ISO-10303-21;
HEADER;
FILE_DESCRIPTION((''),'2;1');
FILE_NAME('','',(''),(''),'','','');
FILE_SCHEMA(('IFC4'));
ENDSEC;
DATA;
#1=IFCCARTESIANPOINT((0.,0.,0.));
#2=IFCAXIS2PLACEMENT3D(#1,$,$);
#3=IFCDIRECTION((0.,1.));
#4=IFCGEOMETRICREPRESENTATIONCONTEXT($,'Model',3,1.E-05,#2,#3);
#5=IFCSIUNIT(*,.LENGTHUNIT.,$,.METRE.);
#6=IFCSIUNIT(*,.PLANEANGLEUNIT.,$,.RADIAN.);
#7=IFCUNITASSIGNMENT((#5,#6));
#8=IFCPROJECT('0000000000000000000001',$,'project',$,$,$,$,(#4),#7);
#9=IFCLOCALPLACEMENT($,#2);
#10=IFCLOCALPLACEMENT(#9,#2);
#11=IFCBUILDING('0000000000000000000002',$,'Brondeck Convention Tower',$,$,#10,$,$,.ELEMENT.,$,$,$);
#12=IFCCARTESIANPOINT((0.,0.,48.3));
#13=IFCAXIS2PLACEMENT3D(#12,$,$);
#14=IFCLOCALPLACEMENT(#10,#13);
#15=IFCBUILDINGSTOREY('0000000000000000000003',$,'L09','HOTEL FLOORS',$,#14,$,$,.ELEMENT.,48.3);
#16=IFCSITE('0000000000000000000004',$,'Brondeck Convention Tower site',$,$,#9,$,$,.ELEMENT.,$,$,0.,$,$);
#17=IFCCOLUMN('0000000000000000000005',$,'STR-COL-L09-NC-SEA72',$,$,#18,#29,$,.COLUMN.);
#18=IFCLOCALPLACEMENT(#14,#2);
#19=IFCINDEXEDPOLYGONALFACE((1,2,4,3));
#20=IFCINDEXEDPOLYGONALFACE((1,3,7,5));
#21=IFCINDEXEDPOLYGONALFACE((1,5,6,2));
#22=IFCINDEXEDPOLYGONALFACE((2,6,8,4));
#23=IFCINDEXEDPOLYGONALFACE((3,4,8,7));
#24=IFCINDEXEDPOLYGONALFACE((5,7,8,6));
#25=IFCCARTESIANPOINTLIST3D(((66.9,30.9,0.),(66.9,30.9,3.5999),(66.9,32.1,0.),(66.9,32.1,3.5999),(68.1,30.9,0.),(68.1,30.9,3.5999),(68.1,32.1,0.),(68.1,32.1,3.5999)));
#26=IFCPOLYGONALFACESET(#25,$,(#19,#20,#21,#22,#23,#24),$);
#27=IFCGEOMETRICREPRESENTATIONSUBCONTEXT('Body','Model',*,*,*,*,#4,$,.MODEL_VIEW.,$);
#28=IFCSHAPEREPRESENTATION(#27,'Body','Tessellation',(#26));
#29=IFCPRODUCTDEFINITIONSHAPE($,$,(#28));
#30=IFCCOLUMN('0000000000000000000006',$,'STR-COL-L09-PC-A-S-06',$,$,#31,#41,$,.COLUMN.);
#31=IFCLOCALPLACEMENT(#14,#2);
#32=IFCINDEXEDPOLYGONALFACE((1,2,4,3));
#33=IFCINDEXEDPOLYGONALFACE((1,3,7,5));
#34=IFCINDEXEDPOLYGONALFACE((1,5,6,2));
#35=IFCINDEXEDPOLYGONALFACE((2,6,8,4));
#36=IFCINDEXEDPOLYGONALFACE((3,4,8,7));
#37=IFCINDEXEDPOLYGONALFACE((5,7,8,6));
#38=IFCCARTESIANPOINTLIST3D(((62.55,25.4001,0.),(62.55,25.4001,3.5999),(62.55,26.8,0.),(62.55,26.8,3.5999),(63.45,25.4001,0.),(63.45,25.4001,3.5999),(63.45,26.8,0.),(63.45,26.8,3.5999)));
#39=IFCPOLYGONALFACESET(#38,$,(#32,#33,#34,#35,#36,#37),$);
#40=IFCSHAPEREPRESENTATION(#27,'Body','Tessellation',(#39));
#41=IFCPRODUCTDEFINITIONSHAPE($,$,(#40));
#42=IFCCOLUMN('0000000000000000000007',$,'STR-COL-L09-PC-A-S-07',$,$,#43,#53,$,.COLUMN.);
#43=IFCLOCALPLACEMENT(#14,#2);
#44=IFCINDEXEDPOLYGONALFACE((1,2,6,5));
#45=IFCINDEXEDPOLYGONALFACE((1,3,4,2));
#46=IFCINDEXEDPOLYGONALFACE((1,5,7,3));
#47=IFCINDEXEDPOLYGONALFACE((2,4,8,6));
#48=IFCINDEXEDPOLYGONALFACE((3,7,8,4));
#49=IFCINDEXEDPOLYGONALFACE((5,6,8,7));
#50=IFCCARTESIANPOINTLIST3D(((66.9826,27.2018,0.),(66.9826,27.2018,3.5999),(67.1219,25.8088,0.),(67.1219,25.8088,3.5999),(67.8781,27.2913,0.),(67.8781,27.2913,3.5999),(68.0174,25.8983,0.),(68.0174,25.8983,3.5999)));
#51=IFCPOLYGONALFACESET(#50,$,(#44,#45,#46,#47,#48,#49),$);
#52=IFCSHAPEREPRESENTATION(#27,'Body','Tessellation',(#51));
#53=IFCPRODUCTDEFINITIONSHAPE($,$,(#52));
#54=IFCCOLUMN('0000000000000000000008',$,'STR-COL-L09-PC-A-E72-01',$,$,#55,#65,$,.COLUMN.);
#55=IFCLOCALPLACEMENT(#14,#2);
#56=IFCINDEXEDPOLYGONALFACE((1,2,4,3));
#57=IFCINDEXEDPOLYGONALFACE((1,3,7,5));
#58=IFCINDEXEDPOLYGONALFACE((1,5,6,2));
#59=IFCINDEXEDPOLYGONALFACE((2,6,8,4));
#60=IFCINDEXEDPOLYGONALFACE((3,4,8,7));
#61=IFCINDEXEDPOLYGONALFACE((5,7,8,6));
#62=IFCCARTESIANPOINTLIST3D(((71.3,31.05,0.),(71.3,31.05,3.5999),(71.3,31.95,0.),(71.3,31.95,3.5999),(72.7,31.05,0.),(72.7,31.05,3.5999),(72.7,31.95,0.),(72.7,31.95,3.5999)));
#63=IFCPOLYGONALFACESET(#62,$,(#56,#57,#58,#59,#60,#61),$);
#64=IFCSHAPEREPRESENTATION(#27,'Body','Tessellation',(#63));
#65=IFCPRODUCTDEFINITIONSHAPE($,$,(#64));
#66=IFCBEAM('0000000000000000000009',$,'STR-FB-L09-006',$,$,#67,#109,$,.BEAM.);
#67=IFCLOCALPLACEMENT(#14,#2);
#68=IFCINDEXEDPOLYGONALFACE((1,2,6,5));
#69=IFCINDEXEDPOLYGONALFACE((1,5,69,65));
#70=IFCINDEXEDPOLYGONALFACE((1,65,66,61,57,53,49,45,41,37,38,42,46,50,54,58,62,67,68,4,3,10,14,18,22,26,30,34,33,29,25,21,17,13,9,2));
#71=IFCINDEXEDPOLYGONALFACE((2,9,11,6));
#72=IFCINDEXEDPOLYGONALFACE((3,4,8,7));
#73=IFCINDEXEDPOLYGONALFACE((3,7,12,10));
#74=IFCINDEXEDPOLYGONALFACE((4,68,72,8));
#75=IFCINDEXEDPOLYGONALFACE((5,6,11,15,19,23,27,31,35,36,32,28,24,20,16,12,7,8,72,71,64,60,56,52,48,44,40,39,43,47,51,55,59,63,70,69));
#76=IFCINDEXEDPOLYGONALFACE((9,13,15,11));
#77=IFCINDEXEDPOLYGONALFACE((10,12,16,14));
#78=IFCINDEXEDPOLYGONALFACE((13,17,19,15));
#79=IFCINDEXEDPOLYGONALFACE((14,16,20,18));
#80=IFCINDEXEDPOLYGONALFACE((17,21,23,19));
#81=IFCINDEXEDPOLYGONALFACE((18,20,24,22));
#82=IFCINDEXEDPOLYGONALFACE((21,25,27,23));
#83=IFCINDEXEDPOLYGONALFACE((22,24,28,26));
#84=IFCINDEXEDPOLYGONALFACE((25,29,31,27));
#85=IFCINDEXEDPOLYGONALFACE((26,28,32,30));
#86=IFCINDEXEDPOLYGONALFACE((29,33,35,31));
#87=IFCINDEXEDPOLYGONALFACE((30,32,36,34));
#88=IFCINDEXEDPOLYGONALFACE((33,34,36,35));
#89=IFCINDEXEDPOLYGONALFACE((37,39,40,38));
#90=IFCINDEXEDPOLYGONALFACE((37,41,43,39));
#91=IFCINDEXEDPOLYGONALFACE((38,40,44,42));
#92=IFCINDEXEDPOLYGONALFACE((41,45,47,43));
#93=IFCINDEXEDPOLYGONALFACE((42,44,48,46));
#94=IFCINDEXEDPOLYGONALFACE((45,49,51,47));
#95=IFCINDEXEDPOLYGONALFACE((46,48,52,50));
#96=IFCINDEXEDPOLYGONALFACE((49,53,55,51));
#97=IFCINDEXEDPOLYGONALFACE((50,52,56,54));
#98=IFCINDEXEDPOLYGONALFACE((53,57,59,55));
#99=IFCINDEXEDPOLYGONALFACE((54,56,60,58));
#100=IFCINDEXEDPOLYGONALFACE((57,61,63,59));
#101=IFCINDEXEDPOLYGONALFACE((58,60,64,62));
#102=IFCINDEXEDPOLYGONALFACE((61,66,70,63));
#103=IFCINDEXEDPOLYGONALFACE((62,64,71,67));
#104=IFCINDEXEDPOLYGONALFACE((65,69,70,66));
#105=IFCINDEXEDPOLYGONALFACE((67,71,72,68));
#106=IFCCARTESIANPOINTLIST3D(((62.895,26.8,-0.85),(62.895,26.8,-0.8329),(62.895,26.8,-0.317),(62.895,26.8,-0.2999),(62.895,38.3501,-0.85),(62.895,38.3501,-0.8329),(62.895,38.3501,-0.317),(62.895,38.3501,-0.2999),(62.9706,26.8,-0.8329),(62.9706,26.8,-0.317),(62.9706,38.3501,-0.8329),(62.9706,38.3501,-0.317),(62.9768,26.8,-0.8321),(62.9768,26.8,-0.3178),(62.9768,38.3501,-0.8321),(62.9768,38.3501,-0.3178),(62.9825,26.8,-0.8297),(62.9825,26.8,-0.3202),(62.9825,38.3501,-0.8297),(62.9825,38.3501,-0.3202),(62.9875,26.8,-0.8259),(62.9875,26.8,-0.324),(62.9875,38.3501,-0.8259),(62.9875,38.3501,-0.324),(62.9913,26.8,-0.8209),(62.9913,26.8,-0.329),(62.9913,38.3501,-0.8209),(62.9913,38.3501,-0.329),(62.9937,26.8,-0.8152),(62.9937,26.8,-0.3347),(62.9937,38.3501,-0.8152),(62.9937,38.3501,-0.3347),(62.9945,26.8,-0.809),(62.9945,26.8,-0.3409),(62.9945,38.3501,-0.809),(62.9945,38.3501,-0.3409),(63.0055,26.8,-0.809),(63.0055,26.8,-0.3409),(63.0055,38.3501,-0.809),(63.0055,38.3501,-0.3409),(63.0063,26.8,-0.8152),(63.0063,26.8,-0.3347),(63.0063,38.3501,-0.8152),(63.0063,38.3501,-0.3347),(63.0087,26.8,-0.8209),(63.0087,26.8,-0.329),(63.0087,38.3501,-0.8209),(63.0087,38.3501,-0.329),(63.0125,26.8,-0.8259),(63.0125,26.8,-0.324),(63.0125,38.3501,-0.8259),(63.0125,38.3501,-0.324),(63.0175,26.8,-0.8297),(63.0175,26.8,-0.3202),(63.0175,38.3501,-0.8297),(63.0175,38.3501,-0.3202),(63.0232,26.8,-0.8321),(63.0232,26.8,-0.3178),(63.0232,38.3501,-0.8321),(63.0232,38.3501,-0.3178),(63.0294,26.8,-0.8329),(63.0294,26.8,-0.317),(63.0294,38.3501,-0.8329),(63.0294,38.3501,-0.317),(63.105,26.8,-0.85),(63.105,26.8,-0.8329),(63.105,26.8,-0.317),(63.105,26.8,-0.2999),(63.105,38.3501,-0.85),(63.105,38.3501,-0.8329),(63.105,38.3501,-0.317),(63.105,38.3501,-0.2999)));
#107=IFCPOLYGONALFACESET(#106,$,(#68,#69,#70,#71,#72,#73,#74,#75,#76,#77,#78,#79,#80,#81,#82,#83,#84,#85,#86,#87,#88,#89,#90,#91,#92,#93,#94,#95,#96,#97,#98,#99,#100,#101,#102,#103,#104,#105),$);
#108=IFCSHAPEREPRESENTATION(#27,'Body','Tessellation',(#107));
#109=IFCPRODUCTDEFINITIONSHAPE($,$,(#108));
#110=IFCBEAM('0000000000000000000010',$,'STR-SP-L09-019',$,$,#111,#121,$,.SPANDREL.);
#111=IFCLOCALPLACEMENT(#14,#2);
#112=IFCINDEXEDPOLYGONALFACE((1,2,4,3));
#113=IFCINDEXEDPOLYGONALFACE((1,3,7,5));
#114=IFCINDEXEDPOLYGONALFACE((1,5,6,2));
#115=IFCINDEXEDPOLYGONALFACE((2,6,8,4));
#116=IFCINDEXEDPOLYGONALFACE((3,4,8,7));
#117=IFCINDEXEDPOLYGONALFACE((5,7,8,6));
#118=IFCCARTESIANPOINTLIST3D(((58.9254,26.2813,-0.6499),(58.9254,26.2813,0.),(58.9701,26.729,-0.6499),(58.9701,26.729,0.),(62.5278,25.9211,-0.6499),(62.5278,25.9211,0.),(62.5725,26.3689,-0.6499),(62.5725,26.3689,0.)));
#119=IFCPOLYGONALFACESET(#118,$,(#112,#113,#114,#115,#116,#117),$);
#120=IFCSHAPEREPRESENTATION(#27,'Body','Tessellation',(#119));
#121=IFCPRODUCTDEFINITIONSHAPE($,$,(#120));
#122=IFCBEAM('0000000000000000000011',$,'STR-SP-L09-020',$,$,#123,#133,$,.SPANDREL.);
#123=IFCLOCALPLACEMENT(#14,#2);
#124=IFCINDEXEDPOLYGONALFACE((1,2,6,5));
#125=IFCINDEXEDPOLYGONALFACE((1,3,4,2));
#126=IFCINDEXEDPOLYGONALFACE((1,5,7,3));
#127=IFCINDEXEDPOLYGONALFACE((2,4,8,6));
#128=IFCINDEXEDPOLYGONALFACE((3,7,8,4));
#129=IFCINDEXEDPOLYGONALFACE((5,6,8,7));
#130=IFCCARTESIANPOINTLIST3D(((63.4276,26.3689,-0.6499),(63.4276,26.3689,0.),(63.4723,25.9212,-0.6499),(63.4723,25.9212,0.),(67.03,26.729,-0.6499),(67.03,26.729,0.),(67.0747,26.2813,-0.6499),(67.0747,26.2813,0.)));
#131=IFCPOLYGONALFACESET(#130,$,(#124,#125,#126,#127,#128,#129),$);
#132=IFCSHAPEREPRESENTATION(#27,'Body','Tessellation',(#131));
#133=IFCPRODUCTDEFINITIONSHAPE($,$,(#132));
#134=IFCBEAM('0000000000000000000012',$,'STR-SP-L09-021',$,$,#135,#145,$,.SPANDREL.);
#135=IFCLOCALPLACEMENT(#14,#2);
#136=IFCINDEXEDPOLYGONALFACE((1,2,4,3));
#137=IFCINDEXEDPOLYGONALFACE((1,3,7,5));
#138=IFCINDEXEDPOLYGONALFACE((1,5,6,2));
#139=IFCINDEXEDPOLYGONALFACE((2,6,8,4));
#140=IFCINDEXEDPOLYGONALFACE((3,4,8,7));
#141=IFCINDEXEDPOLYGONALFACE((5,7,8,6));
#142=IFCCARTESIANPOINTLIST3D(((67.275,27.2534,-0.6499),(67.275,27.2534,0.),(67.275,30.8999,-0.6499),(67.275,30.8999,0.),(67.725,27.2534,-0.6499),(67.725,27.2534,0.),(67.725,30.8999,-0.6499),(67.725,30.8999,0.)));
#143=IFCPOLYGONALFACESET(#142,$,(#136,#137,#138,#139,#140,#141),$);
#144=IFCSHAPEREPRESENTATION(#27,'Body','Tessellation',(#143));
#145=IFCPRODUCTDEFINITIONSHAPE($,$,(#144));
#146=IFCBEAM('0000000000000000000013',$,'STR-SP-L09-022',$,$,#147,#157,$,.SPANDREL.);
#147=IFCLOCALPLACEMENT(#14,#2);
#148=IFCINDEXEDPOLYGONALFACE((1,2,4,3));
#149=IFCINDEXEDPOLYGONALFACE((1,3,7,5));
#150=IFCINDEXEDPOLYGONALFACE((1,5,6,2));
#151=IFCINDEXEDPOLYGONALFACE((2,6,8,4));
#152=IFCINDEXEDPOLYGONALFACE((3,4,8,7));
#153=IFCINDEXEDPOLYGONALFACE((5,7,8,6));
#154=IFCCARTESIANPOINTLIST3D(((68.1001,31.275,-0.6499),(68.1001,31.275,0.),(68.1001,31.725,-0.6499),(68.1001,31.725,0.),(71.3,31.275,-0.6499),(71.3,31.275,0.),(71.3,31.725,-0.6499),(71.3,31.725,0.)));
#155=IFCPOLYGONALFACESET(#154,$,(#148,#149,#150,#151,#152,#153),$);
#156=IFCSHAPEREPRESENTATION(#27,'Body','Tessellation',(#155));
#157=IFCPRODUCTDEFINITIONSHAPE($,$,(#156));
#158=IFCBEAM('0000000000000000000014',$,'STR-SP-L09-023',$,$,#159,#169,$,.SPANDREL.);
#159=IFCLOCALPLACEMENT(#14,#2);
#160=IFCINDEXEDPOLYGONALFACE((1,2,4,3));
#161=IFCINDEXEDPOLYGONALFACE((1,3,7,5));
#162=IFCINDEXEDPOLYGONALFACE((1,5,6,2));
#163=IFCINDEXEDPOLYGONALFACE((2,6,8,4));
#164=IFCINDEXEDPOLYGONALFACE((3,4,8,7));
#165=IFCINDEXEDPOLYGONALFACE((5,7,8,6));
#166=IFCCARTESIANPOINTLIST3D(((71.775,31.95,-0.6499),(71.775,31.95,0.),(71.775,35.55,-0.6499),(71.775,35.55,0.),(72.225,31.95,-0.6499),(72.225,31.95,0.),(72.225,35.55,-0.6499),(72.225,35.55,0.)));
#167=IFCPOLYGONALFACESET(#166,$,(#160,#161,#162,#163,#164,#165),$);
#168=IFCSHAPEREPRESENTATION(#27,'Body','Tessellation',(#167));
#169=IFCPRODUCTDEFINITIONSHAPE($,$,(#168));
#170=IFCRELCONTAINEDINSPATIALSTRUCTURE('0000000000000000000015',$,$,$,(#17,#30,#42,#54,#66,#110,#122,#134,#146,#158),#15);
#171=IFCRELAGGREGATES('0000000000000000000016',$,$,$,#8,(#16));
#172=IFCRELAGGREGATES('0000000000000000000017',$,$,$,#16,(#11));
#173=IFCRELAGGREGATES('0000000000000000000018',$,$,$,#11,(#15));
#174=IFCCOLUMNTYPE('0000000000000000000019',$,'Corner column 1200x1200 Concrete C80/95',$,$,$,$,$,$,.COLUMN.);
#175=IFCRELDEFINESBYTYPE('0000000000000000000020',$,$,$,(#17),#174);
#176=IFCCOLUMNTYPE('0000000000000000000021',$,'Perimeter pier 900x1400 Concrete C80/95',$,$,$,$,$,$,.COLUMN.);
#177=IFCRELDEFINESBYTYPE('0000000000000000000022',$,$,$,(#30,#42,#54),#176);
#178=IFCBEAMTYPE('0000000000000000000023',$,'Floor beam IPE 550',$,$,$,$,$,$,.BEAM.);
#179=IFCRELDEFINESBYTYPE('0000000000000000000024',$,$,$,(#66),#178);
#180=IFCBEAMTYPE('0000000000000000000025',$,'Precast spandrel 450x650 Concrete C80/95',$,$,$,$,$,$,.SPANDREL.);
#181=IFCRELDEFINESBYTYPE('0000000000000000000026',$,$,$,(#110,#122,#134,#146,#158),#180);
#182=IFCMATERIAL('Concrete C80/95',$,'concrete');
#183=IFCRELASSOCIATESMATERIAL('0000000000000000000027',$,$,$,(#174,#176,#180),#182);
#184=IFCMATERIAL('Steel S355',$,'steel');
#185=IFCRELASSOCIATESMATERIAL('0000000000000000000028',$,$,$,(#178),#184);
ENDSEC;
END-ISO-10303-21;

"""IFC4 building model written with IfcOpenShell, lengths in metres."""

from ifc_helpers import new_model, si_unit, direction, frame, origin, origin_2d, place, context, subcontext, project, spatial, rectangle, i_section, extrude, material, material_profile, profile_set, type_object, element, save


model = new_model("IFC4")

# Units and contexts
model_context = context("Model", 3, precision=1e-05, world=origin(), true_north=direction((0.0, 1.0)))
body_context = subcontext(model_context, "Body", "Model", "MODEL_VIEW")
ifc_project = project(units=[si_unit("LENGTHUNIT", "METRE"), si_unit("PLANEANGLEUNIT", "RADIAN")], contexts=[model_context])

# Site, building, storey
site_placement = place(None, origin())
site = spatial("IfcSite", under=ifc_project, at=site_placement, Name="Brondeck Convention Tower site", CompositionType="ELEMENT", RefElevation=0.0)
building_placement = place(site_placement, origin())
building = spatial("IfcBuilding", under=site, at=building_placement, Name="Brondeck Convention Tower", CompositionType="ELEMENT")
storey_placement = place(building_placement, frame((0.0, 0.0, 48.3)))
storey = spatial("IfcBuildingStorey", under=building, at=storey_placement, Name="L09", Description="HOTEL FLOORS", CompositionType="ELEMENT", Elevation=48.3)

# Columns
ifc_material_1 = material(Name="Concrete C80/95", Category="concrete")
ifc_material_profile_1 = material_profile(ifc_material_1, rectangle(XDim=1.2, YDim=1.2, at=origin_2d()), Name="Corner column 1200x1200 Concrete C80/95")
ifc_profile_set_1 = profile_set([ifc_material_profile_1], Name="Concrete C80/95")
column_type_1 = type_object("IfcColumnType", Name="Corner column 1200x1200 Concrete C80/95", PredefinedType="COLUMN", material=ifc_profile_set_1)
column_placement = place(storey_placement, frame((67.5, 31.5, 0.0), z_axis=(0.0, 0.0, 1.0), x_axis=(1.0, 0.0, 0.0)))
element("IfcColumn", 1, at=column_placement, inside=storey, type_object=column_type_1, Name="STR-COL-L09-NC-SEA72", PredefinedType="COLUMN", context=body_context, shape_type="SweptSolid", body=[
    extrude(rectangle(XDim=1.2, YDim=1.2, at=origin_2d()), origin(), (0.0, 0.0, 1.0), 3.5999),
])
ifc_material_profile_2 = material_profile(ifc_material_1, rectangle(XDim=0.8999, YDim=1.3999, at=origin_2d()), Name="Perimeter pier 900x1400 Concrete C80/95")
ifc_profile_set_2 = profile_set([ifc_material_profile_2], Name="Concrete C80/95")
column_type_2 = type_object("IfcColumnType", Name="Perimeter pier 900x1400 Concrete C80/95", PredefinedType="COLUMN", material=ifc_profile_set_2)
for number, where, z_axis, x_axis, name in (
    (2, (63.0, 26.1001, 0.0), (0.0, 0.0, 1.0), (1.0, 0.0, 0.0), "STR-COL-L09-PC-A-S-06"),
    (3, (67.5, 26.55, 0.0), (0.0, 0.0, 1.0), (0.995037, 0.099504, 0.0), "STR-COL-L09-PC-A-S-07"),
    (4, (72.0, 31.5, 0.0), (0.0, 0.0, 1.0), (0.0, 1.0, 0.0), "STR-COL-L09-PC-A-E72-01"),
):
    element("IfcColumn", number, at=place(storey_placement, frame(where, z_axis=z_axis, x_axis=x_axis)), inside=storey, type_object=column_type_2, Name=name, PredefinedType="COLUMN", context=body_context, shape_type="SweptSolid", body=[
        extrude(rectangle(XDim=0.8999, YDim=1.3999, at=origin_2d()), origin(), (0.0, 0.0, 1.0), 3.5999),
    ])

# Beams
ifc_material_2 = material(Name="Steel S355", Category="steel")
ifc_material_profile_3 = material_profile(ifc_material_2, i_section(OverallWidth=0.21, OverallDepth=0.55, WebThickness=0.011, FlangeThickness=0.0171, FilletRadius=0.0239, at=origin_2d()), Name="IPE 550")
ifc_profile_set_3 = profile_set([ifc_material_profile_3], Name="Steel S355")
beam_type_1 = type_object("IfcBeamType", Name="Floor beam IPE 550", PredefinedType="BEAM", material=ifc_profile_set_3)
beam_1_placement = place(storey_placement, frame((63.0, 26.8, -0.575), z_axis=(0.0, 1.0, 0.0), x_axis=(-1.0, 0.0, 0.0)))
element("IfcBeam", 5, at=beam_1_placement, inside=storey, type_object=beam_type_1, Name="STR-FB-L09-006", PredefinedType="BEAM", context=body_context, shape_type="SweptSolid", body=[
    extrude(i_section(OverallWidth=0.21, OverallDepth=0.55, WebThickness=0.011, FlangeThickness=0.0171, FilletRadius=0.0239, at=origin_2d()), origin(), (0.0, 0.0, 1.0), 11.55),
])
ifc_material_profile_4 = material_profile(ifc_material_1, rectangle(XDim=0.45, YDim=0.6499, at=origin_2d()), Name="Precast spandrel 450x650 Concrete C80/95")
ifc_profile_set_4 = profile_set([ifc_material_profile_4], Name="Concrete C80/95")
beam_type_2 = type_object("IfcBeamType", Name="Precast spandrel 450x650 Concrete C80/95", PredefinedType="SPANDREL", material=ifc_profile_set_4)
for number, where, z_axis, x_axis, name in (
    (6, (58.9478, 26.5051, -0.325), (0.995041, -0.09947, 0.0), (0.09947, 0.995041, 0.0), "STR-SP-L09-019"),
    (7, (63.45, 26.145, -0.325), (0.995041, 0.09947, 0.0), (-0.09947, 0.995041, 0.0), "STR-SP-L09-020"),
):
    element("IfcBeam", number, at=place(storey_placement, frame(where, z_axis=z_axis, x_axis=x_axis)), inside=storey, type_object=beam_type_2, Name=name, PredefinedType="SPANDREL", context=body_context, shape_type="SweptSolid", body=[
        extrude(rectangle(XDim=0.45, YDim=0.6499, at=origin_2d()), origin(), (0.0, 0.0, 1.0), 3.6204),
    ])
beam_2_placement = place(storey_placement, frame((67.5, 27.2534, -0.325), z_axis=(0.0, 1.0, 0.0), x_axis=(-1.0, 0.0, 0.0)))
element("IfcBeam", 8, at=beam_2_placement, inside=storey, type_object=beam_type_2, Name="STR-SP-L09-021", PredefinedType="SPANDREL", context=body_context, shape_type="SweptSolid", body=[
    extrude(rectangle(XDim=0.45, YDim=0.6499, at=origin_2d()), origin(), (0.0, 0.0, 1.0), 3.6465),
])
beam_3_placement = place(storey_placement, frame((68.1001, 31.5, -0.325), z_axis=(1.0, 0.0, 0.0), x_axis=(0.0, 1.0, 0.0)))
element("IfcBeam", 9, at=beam_3_placement, inside=storey, type_object=beam_type_2, Name="STR-SP-L09-022", PredefinedType="SPANDREL", context=body_context, shape_type="SweptSolid", body=[
    extrude(rectangle(XDim=0.45, YDim=0.6499, at=origin_2d()), origin(), (0.0, 0.0, 1.0), 3.2),
])
beam_4_placement = place(storey_placement, frame((72.0, 31.95, -0.325), z_axis=(0.0, 1.0, 0.0), x_axis=(-1.0, 0.0, 0.0)))
element("IfcBeam", 10, at=beam_4_placement, inside=storey, type_object=beam_type_2, Name="STR-SP-L09-023", PredefinedType="SPANDREL", context=body_context, shape_type="SweptSolid", body=[
    extrude(rectangle(XDim=0.45, YDim=0.6499, at=origin_2d()), origin(), (0.0, 0.0, 1.0), 3.6001),
])

save(model, "model.ifc")
